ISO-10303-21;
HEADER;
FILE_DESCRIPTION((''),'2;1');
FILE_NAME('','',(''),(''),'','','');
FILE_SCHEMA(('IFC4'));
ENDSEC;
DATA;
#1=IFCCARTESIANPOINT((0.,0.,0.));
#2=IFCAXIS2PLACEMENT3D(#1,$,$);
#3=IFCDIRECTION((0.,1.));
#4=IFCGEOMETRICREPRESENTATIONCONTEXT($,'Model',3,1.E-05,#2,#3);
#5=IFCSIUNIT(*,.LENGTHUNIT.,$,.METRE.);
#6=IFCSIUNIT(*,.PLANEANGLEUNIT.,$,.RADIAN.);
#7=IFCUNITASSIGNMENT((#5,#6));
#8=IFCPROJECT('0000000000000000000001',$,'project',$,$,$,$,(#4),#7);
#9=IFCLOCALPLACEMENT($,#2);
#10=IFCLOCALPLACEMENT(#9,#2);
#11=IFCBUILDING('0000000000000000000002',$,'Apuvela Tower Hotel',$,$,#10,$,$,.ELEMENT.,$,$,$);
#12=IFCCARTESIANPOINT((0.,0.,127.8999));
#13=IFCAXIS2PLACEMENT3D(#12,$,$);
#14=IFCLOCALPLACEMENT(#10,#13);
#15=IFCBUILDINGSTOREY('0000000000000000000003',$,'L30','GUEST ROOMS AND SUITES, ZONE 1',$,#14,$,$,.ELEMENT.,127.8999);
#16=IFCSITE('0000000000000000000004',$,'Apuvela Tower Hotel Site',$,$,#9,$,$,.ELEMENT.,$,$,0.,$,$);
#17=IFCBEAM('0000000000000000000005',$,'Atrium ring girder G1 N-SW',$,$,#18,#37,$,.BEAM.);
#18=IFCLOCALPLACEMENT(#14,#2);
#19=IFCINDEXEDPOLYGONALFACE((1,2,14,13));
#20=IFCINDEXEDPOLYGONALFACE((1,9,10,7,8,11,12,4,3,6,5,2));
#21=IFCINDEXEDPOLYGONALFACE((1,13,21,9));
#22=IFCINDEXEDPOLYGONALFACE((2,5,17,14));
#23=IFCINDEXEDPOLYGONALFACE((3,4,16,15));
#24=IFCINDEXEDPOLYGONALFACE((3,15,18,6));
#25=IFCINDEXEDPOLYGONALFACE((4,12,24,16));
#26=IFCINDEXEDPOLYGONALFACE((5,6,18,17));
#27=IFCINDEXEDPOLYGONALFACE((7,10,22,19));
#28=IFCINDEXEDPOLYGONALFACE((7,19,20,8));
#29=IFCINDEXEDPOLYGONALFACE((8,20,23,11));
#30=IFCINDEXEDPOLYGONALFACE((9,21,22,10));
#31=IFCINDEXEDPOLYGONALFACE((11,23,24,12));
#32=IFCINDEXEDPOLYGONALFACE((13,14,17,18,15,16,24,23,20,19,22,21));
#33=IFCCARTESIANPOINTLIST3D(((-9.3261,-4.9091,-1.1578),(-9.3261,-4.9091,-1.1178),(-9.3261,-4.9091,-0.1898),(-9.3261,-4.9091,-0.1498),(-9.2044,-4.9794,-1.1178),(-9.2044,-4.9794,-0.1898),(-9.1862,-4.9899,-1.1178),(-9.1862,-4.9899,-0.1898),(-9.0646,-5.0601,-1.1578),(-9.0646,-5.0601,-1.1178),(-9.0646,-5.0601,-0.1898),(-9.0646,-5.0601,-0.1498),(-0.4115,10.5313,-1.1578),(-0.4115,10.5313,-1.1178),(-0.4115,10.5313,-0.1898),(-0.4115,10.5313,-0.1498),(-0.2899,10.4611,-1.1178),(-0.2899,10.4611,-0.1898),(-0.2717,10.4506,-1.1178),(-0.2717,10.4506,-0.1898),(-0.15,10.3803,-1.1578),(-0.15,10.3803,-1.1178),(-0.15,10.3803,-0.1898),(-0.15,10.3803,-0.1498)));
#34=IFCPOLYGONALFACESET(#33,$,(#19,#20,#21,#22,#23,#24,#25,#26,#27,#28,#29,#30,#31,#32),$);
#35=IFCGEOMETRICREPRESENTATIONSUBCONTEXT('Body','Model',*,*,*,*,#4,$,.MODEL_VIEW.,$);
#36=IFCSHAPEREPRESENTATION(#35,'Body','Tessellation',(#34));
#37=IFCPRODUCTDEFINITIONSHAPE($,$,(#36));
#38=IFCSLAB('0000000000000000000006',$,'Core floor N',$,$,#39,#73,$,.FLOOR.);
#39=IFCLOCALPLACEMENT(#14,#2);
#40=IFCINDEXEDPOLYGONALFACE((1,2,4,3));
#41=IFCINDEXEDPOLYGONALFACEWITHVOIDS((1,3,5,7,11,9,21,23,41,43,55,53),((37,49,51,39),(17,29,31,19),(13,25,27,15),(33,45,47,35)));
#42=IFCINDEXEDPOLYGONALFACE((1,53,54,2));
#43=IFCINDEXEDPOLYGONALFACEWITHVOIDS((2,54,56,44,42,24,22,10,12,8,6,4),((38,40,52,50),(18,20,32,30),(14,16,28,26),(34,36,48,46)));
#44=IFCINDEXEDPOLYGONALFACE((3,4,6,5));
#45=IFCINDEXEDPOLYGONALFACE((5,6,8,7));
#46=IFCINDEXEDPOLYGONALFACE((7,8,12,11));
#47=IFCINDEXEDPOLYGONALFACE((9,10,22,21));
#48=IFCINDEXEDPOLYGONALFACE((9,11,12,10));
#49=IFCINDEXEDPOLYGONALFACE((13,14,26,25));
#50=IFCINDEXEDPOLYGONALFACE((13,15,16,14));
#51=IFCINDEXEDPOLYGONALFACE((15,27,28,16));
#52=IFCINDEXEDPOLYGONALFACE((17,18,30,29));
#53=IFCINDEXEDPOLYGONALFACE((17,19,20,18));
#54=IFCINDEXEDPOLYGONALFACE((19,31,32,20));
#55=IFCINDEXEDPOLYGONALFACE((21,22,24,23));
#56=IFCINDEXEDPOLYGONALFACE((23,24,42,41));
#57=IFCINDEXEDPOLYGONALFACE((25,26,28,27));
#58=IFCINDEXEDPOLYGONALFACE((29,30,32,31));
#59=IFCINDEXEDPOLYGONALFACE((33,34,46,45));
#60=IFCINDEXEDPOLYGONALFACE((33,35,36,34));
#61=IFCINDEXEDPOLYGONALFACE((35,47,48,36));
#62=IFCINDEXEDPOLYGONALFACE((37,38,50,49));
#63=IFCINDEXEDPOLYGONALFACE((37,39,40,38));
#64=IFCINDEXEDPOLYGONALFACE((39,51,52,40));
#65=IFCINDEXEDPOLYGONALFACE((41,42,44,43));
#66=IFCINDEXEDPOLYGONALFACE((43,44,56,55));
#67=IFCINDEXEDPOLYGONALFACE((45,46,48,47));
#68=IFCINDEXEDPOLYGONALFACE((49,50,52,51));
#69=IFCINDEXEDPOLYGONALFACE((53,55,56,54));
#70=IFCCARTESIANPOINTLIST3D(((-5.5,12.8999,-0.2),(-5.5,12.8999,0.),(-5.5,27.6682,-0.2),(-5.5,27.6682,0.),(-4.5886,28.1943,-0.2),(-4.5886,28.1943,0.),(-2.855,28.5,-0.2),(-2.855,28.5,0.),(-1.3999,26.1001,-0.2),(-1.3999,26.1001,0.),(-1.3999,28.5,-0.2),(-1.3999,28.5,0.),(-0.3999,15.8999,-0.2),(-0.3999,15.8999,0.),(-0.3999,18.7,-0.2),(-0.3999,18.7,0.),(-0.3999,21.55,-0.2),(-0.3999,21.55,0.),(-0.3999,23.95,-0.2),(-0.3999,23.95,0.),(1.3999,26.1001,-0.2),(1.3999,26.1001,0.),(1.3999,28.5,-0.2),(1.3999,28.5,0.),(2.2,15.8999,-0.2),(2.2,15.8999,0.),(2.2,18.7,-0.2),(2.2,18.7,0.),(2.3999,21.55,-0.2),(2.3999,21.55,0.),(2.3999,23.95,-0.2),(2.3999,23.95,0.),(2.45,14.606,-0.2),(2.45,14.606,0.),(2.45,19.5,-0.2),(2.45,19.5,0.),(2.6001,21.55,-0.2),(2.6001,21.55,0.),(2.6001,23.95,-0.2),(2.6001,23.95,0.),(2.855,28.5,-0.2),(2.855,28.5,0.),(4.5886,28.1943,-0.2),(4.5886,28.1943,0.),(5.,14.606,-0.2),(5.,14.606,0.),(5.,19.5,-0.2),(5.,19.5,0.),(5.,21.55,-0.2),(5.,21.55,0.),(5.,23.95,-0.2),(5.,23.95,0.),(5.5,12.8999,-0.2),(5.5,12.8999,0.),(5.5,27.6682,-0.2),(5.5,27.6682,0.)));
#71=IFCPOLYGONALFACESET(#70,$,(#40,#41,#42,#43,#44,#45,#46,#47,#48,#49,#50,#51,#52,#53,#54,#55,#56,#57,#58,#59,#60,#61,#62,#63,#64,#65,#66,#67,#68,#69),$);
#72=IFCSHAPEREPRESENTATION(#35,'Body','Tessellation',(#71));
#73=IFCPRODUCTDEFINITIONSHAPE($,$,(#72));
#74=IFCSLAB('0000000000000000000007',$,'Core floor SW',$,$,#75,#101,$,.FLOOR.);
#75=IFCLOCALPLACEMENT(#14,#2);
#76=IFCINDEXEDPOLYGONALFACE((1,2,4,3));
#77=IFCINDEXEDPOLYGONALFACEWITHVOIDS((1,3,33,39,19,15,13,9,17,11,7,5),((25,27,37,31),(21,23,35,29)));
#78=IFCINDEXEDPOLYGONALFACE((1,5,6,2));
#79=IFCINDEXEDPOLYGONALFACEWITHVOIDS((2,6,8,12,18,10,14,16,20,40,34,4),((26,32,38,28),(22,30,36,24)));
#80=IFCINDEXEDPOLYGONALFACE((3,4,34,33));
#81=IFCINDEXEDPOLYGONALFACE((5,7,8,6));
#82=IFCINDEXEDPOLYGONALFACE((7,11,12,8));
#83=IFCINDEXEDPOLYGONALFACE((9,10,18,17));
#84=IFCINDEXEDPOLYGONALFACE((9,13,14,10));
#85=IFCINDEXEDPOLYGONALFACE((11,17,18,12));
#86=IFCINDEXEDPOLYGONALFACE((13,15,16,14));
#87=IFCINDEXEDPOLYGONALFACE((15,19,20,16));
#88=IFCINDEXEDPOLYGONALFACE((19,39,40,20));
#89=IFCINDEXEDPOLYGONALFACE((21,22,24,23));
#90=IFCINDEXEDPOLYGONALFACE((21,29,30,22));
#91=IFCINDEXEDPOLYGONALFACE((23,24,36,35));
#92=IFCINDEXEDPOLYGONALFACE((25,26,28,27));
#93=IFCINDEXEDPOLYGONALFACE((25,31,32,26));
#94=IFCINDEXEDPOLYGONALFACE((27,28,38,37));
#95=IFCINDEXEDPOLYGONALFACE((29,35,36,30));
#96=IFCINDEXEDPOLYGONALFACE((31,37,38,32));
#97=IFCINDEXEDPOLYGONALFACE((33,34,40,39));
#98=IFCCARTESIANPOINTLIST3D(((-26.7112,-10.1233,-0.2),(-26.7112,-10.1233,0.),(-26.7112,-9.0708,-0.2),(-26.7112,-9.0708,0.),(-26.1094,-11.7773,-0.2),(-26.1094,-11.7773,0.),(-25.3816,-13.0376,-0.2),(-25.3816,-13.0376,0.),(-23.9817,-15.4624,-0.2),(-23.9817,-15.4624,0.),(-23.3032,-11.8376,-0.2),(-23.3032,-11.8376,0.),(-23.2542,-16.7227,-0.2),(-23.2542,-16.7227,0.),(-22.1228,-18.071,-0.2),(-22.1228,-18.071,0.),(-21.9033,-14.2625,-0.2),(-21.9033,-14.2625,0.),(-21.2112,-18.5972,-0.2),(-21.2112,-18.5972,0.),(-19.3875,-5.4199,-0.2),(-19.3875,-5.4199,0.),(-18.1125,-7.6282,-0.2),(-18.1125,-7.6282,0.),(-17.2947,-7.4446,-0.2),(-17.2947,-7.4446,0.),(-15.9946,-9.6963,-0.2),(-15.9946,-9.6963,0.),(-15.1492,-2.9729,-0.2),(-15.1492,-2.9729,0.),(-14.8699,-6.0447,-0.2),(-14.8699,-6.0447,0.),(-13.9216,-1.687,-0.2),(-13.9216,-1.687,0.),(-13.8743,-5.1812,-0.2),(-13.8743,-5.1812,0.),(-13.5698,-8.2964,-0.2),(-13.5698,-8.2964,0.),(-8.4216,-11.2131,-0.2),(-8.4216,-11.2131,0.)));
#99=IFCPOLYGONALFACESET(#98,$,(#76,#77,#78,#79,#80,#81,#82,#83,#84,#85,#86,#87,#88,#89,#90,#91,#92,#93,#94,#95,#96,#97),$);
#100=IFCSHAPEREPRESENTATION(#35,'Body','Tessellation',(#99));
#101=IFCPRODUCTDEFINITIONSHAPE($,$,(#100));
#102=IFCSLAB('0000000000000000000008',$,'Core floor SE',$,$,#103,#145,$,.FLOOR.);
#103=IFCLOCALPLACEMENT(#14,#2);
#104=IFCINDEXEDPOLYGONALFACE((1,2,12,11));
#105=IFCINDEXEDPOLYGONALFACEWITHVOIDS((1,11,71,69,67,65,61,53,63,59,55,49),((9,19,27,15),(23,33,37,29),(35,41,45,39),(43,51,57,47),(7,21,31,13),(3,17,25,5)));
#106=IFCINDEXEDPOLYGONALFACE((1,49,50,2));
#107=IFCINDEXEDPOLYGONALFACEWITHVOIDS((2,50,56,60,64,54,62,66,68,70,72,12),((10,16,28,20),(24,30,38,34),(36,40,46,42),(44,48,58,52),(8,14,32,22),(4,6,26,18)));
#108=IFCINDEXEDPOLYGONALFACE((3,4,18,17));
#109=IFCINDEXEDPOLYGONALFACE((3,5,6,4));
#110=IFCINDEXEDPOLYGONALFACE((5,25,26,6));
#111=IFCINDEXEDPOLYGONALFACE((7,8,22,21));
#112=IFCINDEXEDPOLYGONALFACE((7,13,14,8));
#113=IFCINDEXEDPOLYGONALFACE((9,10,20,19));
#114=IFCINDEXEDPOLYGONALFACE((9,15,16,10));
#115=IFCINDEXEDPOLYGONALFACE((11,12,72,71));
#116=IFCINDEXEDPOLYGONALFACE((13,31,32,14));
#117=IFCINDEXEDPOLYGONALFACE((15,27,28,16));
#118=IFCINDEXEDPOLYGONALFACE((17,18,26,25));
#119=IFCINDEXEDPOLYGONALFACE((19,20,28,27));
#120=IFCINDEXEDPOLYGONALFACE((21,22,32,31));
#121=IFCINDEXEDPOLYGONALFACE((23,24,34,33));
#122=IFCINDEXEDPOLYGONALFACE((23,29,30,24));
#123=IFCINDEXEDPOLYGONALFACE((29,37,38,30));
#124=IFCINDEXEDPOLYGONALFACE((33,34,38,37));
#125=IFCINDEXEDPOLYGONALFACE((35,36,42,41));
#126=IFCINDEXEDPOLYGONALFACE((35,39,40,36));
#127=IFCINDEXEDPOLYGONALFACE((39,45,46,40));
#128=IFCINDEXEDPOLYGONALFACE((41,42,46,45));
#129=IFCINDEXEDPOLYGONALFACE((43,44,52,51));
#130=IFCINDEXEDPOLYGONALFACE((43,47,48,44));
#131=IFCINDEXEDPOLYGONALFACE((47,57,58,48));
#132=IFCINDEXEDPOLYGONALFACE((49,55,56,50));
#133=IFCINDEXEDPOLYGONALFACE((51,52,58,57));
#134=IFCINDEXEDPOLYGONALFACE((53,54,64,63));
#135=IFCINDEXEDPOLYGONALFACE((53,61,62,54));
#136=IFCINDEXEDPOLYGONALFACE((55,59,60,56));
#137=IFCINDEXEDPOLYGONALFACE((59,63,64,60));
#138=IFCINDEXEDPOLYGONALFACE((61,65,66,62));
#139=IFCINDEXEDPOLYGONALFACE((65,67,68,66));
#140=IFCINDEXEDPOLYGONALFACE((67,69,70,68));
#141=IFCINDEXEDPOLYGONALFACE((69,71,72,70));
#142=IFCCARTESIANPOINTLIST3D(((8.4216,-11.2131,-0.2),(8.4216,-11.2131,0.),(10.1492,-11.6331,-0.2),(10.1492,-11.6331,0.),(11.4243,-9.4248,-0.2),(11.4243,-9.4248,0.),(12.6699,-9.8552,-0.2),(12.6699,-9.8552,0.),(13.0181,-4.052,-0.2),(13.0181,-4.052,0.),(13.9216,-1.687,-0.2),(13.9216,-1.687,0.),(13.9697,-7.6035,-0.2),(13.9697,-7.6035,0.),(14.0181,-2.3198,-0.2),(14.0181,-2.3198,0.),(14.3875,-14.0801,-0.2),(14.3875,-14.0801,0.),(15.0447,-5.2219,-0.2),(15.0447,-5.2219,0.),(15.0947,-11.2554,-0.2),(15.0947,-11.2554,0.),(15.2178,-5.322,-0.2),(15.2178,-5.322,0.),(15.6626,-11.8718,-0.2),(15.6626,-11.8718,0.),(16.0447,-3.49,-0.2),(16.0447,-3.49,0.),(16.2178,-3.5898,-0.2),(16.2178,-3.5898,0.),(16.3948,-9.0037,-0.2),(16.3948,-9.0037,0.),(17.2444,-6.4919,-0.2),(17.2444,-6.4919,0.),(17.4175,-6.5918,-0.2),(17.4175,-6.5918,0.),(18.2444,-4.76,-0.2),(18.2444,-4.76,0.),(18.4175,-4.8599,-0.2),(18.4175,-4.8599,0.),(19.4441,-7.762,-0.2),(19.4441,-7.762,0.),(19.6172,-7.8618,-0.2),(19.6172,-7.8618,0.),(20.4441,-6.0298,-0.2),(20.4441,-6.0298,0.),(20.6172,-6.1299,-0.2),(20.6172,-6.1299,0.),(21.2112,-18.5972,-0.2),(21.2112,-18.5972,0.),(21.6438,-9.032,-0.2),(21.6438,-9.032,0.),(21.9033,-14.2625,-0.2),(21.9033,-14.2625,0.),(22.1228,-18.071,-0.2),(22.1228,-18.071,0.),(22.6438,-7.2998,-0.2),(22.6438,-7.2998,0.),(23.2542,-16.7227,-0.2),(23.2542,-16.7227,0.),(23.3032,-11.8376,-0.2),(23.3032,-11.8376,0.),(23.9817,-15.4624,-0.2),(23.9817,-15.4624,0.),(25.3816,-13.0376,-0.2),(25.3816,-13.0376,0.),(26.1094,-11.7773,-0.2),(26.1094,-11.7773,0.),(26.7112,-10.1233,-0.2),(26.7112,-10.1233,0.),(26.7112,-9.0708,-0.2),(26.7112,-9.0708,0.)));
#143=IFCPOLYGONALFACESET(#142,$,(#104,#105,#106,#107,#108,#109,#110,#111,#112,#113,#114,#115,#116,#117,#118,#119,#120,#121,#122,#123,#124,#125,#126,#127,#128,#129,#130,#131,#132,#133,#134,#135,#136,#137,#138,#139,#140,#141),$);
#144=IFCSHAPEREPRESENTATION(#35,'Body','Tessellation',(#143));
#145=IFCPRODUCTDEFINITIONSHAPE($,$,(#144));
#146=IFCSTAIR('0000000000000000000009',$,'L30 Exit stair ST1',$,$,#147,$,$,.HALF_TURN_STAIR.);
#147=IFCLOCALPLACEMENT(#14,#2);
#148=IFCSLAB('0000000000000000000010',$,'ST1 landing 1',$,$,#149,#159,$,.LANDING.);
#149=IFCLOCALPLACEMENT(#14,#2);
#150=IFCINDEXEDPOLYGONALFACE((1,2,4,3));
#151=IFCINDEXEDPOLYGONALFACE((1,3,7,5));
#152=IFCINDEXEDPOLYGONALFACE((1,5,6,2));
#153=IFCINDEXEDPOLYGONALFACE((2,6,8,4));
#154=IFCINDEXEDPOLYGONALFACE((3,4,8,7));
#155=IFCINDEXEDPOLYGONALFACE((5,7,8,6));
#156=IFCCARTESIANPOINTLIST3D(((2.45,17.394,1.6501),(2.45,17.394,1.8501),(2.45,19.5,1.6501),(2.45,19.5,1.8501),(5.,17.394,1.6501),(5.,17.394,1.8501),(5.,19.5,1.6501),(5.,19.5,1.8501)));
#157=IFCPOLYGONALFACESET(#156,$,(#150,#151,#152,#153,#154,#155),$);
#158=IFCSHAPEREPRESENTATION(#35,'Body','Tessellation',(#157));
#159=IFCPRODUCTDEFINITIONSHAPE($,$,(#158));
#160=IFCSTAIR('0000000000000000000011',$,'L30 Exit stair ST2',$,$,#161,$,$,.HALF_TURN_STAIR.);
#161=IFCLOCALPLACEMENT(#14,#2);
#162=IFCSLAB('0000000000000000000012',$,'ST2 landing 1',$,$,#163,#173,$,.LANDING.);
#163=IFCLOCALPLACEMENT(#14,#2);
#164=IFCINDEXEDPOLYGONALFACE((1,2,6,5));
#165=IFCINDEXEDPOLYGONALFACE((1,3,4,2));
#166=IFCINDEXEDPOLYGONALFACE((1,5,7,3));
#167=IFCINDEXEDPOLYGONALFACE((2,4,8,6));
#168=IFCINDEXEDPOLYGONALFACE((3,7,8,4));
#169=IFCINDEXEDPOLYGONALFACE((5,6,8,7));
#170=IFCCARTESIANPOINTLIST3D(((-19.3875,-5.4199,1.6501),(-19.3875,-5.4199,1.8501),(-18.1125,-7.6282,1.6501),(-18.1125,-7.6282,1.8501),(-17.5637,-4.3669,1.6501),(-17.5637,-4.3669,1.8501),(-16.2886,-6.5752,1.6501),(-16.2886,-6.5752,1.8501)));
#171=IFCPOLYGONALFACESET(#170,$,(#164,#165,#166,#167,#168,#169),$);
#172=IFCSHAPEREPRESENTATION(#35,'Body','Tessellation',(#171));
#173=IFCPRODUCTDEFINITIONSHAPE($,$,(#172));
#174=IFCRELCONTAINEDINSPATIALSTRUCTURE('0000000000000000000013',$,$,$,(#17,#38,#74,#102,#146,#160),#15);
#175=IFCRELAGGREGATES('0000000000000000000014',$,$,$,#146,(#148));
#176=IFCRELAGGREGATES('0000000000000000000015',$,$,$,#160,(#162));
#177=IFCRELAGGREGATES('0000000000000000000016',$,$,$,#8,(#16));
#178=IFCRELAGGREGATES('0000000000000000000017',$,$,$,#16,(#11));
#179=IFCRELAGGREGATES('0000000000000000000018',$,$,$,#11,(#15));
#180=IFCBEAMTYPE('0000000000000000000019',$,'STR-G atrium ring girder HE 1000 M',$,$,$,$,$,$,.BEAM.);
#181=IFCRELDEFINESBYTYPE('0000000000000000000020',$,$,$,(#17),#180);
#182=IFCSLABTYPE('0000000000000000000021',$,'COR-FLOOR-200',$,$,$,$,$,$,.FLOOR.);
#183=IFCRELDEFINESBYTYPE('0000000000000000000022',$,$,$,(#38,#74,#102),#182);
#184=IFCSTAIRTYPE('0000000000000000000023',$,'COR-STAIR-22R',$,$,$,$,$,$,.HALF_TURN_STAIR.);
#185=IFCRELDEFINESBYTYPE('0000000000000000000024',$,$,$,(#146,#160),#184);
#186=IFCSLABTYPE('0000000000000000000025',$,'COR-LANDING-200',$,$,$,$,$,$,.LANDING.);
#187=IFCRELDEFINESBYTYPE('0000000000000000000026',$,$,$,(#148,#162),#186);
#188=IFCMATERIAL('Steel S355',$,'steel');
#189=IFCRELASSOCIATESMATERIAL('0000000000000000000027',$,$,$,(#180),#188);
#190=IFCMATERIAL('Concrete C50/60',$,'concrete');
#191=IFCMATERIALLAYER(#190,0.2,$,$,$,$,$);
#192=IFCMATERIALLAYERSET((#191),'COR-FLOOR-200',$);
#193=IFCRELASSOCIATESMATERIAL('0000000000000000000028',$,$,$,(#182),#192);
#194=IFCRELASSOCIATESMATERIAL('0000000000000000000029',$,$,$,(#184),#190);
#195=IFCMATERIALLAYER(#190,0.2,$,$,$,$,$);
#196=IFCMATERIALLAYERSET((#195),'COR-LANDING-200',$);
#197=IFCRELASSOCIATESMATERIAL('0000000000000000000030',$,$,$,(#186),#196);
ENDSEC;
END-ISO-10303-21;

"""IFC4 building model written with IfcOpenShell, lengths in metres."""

from ifc_helpers import new_model, si_unit, direction, frame, origin, origin_2d, place, context, subcontext, project, spatial, polyline, i_section, outline, extrude, material, layer, layer_set, material_profile, profile_set, type_object, element, aggregate, save


model = new_model("IFC4")

# Units and contexts
model_context = context("Model", 3, precision=1e-05, world=origin(), true_north=direction((0.0, 1.0)))
body_context = subcontext(model_context, "Body", "Model", "MODEL_VIEW")
ifc_project = project(units=[si_unit("LENGTHUNIT", "METRE"), si_unit("PLANEANGLEUNIT", "RADIAN")], contexts=[model_context])

# Site, building, storey
site_placement = place(None, origin())
site = spatial("IfcSite", under=ifc_project, at=site_placement, Name="Apuvela Tower Hotel Site", CompositionType="ELEMENT", RefElevation=0.0)
building_placement = place(site_placement, origin())
building = spatial("IfcBuilding", under=site, at=building_placement, Name="Apuvela Tower Hotel", CompositionType="ELEMENT")
storey_placement = place(building_placement, frame((0.0, 0.0, 127.8999)))
storey = spatial("IfcBuildingStorey", under=building, at=storey_placement, Name="L30", Description="GUEST ROOMS AND SUITES, ZONE 1", CompositionType="ELEMENT", Elevation=127.8999)

# Beam
ifc_material_1 = material(Name="Steel S355", Category="steel")
ifc_material_profile = material_profile(ifc_material_1, i_section(OverallWidth=0.302, OverallDepth=1.0081, WebThickness=0.021, FlangeThickness=0.04, at=origin_2d()), Name="HE 1000 M")
ifc_profile_set = profile_set([ifc_material_profile], Name="Steel S355")
beam_type = type_object("IfcBeamType", Name="STR-G atrium ring girder HE 1000 M", PredefinedType="BEAM", material=ifc_profile_set)
beam_placement = place(storey_placement, frame((-0.2808, 10.4558, -0.6538), z_axis=(-0.500001, -0.866025, 0.0), x_axis=(0.866025, -0.500001, 0.0)))
element("IfcBeam", 1, at=beam_placement, inside=storey, type_object=beam_type, Name="Atrium ring girder G1 N-SW", PredefinedType="BEAM", context=body_context, shape_type="SweptSolid", body=[
    extrude(i_section(OverallWidth=0.302, OverallDepth=1.0081, WebThickness=0.021, FlangeThickness=0.04, at=origin_2d()), origin(), (0.0, 0.0, 1.0), 17.8291),
])

# Slabs
ifc_material_2 = material(Name="Concrete C50/60", Category="concrete")
ifc_layer_1 = layer(ifc_material_2, 0.2)
ifc_layer_set_1 = layer_set([ifc_layer_1], Name="COR-FLOOR-200")
slab_type_1 = type_object("IfcSlabType", Name="COR-FLOOR-200", PredefinedType="FLOOR", material=ifc_layer_set_1)
slab_1_placement = place(storey_placement, frame((0.0, 0.0, -0.2)))
element("IfcSlab", 2, at=slab_1_placement, inside=storey, type_object=slab_type_1, Name="Core floor N", PredefinedType="FLOOR", context=body_context, shape_type="SweptSolid", body=[
    extrude(outline(polyline([(5.5, 27.6682), (4.5886, 28.1943), (2.855, 28.5), (1.3999, 28.5), (1.3999, 26.1001), (-1.3999, 26.1001), (-1.3999, 28.5), (-2.855, 28.5), (-4.5886, 28.1943), (-5.5, 27.6682), (-5.5, 12.8999), (5.5, 12.8999), (5.5, 27.6682)]), holes=[polyline([(5.0, 14.606), (2.45, 14.606), (2.45, 19.5), (5.0, 19.5), (5.0, 14.606)]), polyline([(2.2, 15.8999), (-0.3999, 15.8999), (-0.3999, 18.7), (2.2, 18.7), (2.2, 15.8999)]), polyline([(5.0, 21.55), (2.6001, 21.55), (2.6001, 23.95), (5.0, 23.95), (5.0, 21.55)]), polyline([(2.3999, 21.55), (-0.3999, 21.55), (-0.3999, 23.95), (2.3999, 23.95), (2.3999, 21.55)])]), origin(), (0.0, 0.0, 1.0), 0.2),
])
slab_2_placement = place(storey_placement, frame((0.0, 0.0, -0.2)))
element("IfcSlab", 3, at=slab_2_placement, inside=storey, type_object=slab_type_1, Name="Core floor SW", PredefinedType="FLOOR", context=body_context, shape_type="SweptSolid", body=[
    extrude(outline(polyline([(-26.7112, -9.0708), (-26.7112, -10.1233), (-26.1094, -11.7773), (-25.3816, -13.0376), (-23.3032, -11.8376), (-21.9033, -14.2625), (-23.9817, -15.4624), (-23.2542, -16.7227), (-22.1228, -18.071), (-21.2112, -18.5972), (-8.4216, -11.2131), (-13.9216, -1.687), (-26.7112, -9.0708)]), holes=[polyline([(-13.8743, -5.1812), (-18.1125, -7.6282), (-19.3875, -5.4199), (-15.1492, -2.9729), (-13.8743, -5.1812)]), polyline([(-13.5698, -8.2964), (-15.9946, -9.6963), (-17.2947, -7.4446), (-14.8699, -6.0447), (-13.5698, -8.2964)])]), origin(), (0.0, 0.0, 1.0), 0.2),
])
slab_3_placement = place(storey_placement, frame((0.0, 0.0, -0.2)))
element("IfcSlab", 4, at=slab_3_placement, inside=storey, type_object=slab_type_1, Name="Core floor SE", PredefinedType="FLOOR", context=body_context, shape_type="SweptSolid", body=[
    extrude(outline(polyline([(21.2112, -18.5972), (22.1228, -18.071), (23.2542, -16.7227), (23.9817, -15.4624), (21.9033, -14.2625), (23.3032, -11.8376), (25.3816, -13.0376), (26.1094, -11.7773), (26.7112, -10.1233), (26.7112, -9.0708), (13.9216, -1.687), (8.4216, -11.2131), (21.2112, -18.5972)]), holes=[polyline([(13.0181, -4.052), (14.0181, -2.3198), (16.0447, -3.49), (15.0447, -5.2219), (13.0181, -4.052)]), polyline([(17.2444, -6.4919), (15.2178, -5.322), (16.2178, -3.5898), (18.2444, -4.76), (17.2444, -6.4919)]), polyline([(14.3875, -14.0801), (10.1492, -11.6331), (11.4243, -9.4248), (15.6626, -11.8718), (14.3875, -14.0801)]), polyline([(12.6699, -9.8552), (13.9697, -7.6035), (16.3948, -9.0037), (15.0947, -11.2554), (12.6699, -9.8552)]), polyline([(19.4441, -7.762), (17.4175, -6.5918), (18.4175, -4.8599), (20.4441, -6.0298), (19.4441, -7.762)]), polyline([(21.6438, -9.032), (19.6172, -7.8618), (20.6172, -6.1299), (22.6438, -7.2998), (21.6438, -9.032)])]), origin(), (0.0, 0.0, 1.0), 0.2),
])

# Stairs, slabs
stair_type = type_object("IfcStairType", Name="COR-STAIR-22R", PredefinedType="HALF_TURN_STAIR", material=ifc_material_2)
stair_1_placement = place(storey_placement, origin())
stair_1 = element("IfcStair", 5, at=stair_1_placement, inside=storey, type_object=stair_type, Name="L30 Exit stair ST1", PredefinedType="HALF_TURN_STAIR")
ifc_layer_2 = layer(ifc_material_2, 0.2)
ifc_layer_set_2 = layer_set([ifc_layer_2], Name="COR-LANDING-200")
slab_type_2 = type_object("IfcSlabType", Name="COR-LANDING-200", PredefinedType="LANDING", material=ifc_layer_set_2)
slab_4_placement = place(storey_placement, frame((0.0, 0.0, 1.6501)))
slab_4 = element("IfcSlab", 6, at=slab_4_placement, type_object=slab_type_2, Name="ST1 landing 1", PredefinedType="LANDING", context=body_context, shape_type="SweptSolid", body=[
    extrude(outline(polyline([(5.0, 17.394), (5.0, 19.5), (2.45, 19.5), (2.45, 17.394), (5.0, 17.394)])), origin(), (0.0, 0.0, 1.0), 0.2),
])
aggregate(stair_1, [slab_4])
stair_2_placement = place(storey_placement, origin())
stair_2 = element("IfcStair", 7, at=stair_2_placement, inside=storey, type_object=stair_type, Name="L30 Exit stair ST2", PredefinedType="HALF_TURN_STAIR")
slab_5_placement = place(storey_placement, frame((0.0, 0.0, 1.6501)))
slab_5 = element("IfcSlab", 8, at=slab_5_placement, type_object=slab_type_2, Name="ST2 landing 1", PredefinedType="LANDING", context=body_context, shape_type="SweptSolid", body=[
    extrude(outline(polyline([(-17.5637, -4.3669), (-19.3875, -5.4199), (-18.1125, -7.6282), (-16.2886, -6.5752), (-17.5637, -4.3669)])), origin(), (0.0, 0.0, 1.0), 0.2),
])
aggregate(stair_2, [slab_5])

save(model, "model.ifc")
